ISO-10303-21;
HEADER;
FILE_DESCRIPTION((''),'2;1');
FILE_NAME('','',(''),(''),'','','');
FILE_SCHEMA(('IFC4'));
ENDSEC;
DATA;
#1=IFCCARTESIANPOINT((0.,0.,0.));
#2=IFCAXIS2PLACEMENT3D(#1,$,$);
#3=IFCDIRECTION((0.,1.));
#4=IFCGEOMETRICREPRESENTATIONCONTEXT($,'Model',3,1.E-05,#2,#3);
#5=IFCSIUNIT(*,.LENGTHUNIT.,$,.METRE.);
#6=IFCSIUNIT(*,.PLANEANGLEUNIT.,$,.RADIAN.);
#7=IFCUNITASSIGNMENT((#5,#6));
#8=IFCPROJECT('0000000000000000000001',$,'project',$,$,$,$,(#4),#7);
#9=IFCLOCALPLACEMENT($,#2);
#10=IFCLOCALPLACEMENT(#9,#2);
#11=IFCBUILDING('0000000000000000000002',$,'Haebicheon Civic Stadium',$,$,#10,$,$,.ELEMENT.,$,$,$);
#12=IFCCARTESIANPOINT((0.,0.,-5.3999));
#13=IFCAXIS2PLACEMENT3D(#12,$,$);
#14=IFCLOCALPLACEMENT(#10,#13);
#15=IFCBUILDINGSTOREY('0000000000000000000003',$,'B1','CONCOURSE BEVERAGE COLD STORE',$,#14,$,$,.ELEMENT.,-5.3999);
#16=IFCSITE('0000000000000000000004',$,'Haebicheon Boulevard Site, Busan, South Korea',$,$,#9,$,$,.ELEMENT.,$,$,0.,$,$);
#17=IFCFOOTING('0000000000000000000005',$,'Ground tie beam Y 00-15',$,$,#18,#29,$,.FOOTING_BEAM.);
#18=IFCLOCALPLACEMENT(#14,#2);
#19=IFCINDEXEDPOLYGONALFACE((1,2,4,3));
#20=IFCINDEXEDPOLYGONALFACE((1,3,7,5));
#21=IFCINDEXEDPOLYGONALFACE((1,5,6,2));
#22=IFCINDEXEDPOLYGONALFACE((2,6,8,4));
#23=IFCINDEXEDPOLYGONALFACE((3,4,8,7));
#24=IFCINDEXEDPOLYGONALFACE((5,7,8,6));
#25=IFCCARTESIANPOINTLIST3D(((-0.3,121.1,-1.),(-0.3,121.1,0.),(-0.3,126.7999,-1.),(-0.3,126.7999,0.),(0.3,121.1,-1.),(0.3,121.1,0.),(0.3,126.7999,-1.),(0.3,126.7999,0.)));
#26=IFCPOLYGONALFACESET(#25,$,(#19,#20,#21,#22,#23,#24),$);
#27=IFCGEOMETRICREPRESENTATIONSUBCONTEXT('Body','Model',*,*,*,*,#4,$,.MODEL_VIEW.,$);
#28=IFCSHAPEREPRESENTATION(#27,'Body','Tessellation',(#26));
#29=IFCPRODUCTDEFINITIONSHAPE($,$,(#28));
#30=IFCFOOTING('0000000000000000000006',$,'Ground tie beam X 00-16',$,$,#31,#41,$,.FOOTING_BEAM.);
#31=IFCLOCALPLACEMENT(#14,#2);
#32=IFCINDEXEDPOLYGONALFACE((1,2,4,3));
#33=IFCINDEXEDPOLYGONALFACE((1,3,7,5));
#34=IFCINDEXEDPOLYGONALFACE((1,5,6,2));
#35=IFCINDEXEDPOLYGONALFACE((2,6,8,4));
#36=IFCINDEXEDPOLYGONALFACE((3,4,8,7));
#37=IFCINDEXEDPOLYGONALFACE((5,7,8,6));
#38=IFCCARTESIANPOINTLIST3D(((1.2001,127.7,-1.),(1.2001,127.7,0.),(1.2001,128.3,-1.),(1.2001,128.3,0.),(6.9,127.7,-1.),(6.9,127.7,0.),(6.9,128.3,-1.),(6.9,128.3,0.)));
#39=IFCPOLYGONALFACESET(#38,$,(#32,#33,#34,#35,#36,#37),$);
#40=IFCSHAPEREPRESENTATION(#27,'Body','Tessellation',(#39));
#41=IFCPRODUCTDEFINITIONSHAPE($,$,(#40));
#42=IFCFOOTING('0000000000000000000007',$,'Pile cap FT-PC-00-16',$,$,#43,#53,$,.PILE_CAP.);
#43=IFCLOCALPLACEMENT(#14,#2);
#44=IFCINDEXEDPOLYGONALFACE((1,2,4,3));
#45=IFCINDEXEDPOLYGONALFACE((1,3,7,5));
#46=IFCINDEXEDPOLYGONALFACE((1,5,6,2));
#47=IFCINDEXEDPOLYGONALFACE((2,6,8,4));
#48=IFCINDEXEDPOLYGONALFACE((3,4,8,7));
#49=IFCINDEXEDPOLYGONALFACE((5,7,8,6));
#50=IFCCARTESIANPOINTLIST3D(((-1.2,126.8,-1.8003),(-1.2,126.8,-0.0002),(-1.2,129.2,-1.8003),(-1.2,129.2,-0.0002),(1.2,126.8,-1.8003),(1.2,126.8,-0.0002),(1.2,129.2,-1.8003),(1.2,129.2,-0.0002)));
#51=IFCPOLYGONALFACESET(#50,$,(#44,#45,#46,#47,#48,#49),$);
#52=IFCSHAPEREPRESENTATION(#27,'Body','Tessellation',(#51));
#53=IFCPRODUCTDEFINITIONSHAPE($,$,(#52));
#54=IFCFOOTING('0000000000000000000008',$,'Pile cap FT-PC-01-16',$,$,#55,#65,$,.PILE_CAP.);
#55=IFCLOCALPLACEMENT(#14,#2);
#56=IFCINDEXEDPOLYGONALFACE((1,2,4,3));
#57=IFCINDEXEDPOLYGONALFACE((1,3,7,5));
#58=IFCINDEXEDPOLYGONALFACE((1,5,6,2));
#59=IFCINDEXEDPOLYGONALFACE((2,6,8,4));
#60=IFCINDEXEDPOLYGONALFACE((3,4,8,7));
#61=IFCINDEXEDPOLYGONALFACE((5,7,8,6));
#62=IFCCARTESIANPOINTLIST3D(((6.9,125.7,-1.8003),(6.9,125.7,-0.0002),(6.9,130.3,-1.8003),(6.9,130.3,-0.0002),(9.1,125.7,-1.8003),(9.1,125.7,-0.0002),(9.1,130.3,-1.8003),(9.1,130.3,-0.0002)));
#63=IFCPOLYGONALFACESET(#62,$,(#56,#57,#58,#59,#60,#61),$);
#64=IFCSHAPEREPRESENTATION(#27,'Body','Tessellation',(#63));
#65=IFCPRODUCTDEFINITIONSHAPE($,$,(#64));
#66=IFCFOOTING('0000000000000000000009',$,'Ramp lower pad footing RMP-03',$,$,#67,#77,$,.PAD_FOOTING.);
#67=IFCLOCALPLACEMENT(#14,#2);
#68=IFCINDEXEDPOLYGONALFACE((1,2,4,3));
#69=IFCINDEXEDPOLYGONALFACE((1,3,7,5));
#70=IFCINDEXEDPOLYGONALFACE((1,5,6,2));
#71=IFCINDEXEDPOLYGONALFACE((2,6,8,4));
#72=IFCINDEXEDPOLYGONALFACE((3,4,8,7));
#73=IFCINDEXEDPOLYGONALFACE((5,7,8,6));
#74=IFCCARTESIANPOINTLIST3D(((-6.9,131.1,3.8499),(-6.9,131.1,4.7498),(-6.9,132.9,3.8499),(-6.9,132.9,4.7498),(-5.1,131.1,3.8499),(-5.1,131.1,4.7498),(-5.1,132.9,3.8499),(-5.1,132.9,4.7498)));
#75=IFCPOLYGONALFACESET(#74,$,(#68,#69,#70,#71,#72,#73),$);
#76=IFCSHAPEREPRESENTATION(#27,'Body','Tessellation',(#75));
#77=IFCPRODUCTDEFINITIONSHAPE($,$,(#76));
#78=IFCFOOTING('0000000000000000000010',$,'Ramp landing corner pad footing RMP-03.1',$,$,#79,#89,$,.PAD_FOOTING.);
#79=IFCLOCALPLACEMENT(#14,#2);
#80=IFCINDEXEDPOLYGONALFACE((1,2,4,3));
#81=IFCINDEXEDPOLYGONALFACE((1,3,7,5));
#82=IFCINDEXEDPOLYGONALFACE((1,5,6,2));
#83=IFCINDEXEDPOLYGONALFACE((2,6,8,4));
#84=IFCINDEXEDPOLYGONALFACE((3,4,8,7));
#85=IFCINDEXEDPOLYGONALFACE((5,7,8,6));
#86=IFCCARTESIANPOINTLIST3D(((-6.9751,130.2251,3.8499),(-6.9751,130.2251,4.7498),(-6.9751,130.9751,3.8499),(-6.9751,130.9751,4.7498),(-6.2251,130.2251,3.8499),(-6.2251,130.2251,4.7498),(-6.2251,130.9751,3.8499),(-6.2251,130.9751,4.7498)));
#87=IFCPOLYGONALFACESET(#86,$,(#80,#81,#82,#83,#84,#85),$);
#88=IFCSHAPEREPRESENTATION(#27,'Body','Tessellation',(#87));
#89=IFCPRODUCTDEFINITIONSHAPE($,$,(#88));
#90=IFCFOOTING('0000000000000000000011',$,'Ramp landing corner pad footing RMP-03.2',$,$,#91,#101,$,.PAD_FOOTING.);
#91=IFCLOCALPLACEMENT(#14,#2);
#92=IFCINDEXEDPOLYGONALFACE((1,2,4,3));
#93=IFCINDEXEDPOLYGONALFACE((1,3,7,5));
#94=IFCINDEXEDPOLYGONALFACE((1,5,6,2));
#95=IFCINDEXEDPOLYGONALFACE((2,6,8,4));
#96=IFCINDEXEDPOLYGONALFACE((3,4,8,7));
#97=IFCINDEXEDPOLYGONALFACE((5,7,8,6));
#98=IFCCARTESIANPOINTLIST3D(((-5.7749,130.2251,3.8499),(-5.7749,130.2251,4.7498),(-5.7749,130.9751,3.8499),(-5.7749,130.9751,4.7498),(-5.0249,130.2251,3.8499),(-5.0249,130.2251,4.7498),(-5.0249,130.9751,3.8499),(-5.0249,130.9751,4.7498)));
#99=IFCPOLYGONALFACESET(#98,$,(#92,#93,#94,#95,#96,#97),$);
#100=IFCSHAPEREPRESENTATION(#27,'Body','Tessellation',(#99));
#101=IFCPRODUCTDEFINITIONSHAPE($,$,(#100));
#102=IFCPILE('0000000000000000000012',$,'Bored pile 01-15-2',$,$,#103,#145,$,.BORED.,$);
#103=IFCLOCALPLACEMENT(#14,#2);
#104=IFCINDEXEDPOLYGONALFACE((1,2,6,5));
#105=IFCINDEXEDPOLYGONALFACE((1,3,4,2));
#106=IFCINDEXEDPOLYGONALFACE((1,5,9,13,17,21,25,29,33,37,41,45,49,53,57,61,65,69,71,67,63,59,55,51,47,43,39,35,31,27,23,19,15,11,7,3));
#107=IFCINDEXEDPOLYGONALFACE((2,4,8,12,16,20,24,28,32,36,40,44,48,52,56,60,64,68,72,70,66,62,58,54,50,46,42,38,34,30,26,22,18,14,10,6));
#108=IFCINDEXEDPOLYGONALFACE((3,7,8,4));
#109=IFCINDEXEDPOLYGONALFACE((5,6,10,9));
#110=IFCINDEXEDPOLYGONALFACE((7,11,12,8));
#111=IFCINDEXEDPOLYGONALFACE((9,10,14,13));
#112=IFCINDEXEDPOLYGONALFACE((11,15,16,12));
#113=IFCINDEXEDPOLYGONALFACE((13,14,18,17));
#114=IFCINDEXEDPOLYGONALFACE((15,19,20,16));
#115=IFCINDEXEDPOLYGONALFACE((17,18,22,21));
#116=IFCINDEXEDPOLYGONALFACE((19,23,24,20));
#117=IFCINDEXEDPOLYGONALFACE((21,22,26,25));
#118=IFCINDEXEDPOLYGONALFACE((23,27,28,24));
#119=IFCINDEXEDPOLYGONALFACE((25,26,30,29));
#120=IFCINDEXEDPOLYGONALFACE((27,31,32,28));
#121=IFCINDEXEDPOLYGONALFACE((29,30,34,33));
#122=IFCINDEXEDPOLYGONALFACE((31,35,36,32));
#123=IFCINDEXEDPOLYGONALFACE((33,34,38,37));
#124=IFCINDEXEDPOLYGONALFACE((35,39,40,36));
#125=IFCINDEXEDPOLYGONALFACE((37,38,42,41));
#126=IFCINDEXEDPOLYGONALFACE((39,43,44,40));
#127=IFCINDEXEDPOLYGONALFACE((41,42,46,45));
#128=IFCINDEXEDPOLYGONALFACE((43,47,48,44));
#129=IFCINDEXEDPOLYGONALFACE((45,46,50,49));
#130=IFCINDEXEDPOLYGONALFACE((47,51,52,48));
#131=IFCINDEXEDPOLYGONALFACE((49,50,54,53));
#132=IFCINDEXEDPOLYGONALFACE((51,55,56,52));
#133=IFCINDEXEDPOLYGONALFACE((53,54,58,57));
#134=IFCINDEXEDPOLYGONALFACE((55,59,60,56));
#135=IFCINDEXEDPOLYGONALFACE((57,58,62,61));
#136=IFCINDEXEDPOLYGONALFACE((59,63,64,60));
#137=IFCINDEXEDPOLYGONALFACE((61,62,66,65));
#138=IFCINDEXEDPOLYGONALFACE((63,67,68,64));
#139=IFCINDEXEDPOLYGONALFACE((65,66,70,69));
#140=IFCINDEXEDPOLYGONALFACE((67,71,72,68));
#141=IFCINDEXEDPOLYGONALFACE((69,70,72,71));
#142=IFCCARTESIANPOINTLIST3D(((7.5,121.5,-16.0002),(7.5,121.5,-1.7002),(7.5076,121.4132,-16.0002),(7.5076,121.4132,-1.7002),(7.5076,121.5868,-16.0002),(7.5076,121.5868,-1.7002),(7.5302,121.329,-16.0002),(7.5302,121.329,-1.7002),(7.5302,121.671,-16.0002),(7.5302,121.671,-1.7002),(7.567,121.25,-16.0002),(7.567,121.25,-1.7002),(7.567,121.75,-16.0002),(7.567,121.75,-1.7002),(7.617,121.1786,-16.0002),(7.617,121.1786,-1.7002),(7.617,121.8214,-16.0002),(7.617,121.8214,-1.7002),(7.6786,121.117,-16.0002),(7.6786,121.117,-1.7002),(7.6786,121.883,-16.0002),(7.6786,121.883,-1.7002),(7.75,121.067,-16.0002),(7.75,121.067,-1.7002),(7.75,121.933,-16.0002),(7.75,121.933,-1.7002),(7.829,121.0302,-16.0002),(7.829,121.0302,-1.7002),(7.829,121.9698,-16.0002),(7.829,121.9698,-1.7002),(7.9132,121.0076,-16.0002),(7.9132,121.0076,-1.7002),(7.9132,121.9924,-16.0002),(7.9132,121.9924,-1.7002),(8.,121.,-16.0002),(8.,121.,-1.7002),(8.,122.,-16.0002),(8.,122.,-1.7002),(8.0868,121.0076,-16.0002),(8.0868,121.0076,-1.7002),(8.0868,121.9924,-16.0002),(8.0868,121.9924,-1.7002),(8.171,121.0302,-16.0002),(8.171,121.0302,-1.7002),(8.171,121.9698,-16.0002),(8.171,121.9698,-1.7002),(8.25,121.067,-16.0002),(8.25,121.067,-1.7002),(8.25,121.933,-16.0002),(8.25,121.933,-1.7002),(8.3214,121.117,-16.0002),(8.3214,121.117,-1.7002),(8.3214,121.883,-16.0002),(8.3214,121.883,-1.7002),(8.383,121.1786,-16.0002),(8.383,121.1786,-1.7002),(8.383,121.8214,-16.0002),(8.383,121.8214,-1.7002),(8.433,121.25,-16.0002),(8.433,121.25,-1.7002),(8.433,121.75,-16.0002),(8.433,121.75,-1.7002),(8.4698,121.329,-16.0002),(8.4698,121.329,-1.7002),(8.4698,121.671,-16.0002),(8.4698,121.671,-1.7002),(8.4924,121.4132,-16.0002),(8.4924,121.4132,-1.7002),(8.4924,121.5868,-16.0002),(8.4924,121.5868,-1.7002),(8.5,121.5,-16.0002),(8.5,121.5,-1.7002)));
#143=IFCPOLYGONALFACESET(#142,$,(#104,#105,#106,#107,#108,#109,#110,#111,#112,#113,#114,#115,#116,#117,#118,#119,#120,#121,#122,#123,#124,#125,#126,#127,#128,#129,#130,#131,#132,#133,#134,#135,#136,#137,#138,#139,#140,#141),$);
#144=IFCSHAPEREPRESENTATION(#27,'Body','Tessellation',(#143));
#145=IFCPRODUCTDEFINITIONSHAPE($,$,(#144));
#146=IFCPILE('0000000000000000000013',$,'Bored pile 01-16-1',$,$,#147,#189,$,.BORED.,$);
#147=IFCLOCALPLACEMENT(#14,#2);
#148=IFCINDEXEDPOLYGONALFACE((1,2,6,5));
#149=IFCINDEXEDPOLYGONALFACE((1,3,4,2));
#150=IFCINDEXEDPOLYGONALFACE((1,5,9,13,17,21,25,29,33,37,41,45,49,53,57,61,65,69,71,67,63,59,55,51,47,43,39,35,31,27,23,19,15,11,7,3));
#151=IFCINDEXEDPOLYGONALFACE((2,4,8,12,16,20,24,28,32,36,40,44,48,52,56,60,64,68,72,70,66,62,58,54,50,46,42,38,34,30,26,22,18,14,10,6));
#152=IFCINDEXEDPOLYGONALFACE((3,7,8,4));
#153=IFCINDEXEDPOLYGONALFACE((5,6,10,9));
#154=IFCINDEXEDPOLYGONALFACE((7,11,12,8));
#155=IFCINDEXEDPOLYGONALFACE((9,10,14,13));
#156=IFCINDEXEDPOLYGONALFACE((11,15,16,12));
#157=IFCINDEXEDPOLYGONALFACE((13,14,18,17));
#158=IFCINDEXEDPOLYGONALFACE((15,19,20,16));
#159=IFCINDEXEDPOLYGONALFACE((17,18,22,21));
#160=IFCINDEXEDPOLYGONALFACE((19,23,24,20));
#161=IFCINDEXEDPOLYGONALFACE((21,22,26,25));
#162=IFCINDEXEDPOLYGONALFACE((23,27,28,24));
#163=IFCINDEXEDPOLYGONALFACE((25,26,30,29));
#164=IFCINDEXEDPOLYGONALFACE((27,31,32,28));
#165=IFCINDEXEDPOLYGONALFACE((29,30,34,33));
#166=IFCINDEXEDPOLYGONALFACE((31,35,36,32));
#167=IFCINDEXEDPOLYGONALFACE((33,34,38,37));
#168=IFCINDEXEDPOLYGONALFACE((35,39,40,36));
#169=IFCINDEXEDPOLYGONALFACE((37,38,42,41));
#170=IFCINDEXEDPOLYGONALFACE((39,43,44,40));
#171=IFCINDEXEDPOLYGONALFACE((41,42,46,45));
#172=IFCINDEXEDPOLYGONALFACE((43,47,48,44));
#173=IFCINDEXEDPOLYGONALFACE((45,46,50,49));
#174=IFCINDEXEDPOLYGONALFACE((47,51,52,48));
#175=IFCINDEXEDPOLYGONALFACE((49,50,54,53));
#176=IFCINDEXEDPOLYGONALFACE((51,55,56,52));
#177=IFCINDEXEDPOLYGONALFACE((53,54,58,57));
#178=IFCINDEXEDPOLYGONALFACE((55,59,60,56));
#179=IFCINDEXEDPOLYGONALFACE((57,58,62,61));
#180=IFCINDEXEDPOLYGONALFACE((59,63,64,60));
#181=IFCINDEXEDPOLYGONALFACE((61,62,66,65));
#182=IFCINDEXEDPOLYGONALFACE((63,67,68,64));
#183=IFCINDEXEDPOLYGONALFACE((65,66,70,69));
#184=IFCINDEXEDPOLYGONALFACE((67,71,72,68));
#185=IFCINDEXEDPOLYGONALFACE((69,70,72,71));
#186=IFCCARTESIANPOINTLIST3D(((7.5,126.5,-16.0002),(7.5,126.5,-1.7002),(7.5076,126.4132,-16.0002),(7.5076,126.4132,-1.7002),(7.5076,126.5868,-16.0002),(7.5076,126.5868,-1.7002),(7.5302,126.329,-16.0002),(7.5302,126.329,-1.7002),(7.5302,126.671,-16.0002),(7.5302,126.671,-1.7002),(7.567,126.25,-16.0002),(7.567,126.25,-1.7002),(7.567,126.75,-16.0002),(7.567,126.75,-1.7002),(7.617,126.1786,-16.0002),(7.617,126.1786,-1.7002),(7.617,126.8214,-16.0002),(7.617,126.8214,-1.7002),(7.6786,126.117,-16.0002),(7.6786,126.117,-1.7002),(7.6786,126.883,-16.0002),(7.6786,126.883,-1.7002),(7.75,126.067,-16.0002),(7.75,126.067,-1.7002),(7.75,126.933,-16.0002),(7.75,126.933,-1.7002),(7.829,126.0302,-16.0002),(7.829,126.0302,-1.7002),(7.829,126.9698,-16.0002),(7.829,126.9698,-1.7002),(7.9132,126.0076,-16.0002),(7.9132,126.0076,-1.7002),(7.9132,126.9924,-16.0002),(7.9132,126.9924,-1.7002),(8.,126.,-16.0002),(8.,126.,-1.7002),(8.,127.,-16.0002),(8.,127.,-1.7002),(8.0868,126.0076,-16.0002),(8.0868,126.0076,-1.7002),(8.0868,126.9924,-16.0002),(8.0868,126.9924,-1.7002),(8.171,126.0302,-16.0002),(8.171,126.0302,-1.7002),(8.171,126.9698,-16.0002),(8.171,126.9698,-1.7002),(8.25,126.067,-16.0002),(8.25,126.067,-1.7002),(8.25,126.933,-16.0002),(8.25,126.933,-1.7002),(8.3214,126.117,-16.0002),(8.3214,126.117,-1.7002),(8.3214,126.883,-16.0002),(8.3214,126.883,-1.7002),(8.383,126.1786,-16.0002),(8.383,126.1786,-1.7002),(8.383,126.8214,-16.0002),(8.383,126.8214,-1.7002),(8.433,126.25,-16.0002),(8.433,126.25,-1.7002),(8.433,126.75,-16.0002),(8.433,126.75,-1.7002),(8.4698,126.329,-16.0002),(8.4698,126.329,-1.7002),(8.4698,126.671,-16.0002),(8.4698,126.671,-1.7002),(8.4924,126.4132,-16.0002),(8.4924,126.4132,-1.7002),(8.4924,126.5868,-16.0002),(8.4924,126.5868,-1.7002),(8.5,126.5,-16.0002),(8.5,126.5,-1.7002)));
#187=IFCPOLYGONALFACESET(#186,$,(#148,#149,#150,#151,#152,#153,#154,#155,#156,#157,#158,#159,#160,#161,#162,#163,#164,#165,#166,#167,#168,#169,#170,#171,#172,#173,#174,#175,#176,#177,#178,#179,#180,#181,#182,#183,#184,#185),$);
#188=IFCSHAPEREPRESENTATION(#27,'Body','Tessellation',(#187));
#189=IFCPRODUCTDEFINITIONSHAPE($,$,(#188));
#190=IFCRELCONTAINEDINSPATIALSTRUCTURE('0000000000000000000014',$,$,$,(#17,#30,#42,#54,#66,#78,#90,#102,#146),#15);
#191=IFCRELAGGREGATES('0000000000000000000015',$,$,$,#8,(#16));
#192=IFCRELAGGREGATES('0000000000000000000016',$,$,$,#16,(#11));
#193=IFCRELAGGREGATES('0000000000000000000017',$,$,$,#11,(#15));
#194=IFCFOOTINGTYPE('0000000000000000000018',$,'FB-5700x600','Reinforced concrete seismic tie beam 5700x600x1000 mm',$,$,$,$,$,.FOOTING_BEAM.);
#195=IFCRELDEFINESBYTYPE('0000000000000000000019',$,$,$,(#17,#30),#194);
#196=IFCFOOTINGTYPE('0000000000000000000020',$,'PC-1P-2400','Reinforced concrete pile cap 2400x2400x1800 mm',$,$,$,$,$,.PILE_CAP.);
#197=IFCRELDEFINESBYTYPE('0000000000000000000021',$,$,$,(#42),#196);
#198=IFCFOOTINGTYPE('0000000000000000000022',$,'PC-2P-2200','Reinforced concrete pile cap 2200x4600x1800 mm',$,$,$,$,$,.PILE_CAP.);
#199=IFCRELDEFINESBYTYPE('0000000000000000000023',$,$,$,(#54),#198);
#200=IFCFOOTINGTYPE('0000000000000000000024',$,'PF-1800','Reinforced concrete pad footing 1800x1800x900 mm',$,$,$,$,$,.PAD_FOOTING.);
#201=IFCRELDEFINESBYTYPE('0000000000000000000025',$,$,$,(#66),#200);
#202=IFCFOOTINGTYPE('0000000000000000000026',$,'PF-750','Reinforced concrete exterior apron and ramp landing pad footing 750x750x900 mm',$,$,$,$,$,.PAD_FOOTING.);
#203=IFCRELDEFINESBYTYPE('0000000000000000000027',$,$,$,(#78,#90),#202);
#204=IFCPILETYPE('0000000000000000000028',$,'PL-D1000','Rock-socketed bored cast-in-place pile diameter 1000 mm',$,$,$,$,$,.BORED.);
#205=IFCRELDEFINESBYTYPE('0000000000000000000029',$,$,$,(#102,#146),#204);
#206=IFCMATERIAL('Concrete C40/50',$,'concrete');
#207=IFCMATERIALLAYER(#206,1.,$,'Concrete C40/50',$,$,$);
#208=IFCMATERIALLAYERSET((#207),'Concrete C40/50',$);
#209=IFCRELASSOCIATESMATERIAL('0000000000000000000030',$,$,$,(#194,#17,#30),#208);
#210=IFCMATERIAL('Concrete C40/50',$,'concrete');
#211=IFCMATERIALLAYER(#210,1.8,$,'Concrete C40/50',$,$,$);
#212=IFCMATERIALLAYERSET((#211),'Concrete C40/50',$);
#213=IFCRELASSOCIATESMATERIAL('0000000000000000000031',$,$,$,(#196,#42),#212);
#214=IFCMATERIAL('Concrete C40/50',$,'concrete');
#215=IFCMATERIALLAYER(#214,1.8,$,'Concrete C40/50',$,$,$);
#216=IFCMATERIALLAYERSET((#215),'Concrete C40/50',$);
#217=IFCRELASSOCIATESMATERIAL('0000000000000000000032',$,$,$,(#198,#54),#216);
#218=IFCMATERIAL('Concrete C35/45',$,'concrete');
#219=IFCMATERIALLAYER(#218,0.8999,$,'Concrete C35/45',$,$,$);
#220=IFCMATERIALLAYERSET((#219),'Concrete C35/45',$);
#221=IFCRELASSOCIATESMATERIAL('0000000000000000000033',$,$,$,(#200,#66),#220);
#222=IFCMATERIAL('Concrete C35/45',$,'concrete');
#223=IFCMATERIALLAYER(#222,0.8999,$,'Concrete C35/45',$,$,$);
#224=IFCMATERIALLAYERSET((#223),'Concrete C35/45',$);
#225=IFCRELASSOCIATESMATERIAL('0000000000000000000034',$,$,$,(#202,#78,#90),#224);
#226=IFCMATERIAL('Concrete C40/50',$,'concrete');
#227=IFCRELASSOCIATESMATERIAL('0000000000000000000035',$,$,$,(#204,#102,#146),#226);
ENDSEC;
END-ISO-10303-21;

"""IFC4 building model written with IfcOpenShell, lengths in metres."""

from ifc_helpers import new_model, si_unit, direction, frame, origin, origin_2d, place, context, subcontext, project, spatial, rectangle, circle, extrude, material, layer, layer_set, material_profile, profile_set, type_object, element, save


model = new_model("IFC4")

# Units and contexts
model_context = context("Model", 3, precision=1e-05, world=origin(), true_north=direction((0.0, 1.0)))
body_context = subcontext(model_context, "Body", "Model", "MODEL_VIEW")
ifc_project = project(units=[si_unit("LENGTHUNIT", "METRE"), si_unit("PLANEANGLEUNIT", "RADIAN")], contexts=[model_context])

# Site, building, storey
site_placement = place(None, origin())
site = spatial("IfcSite", under=ifc_project, at=site_placement, Name="Haebicheon Boulevard Site, Busan, South Korea", CompositionType="ELEMENT", RefElevation=0.0)
building_placement = place(site_placement, origin())
building = spatial("IfcBuilding", under=site, at=building_placement, Name="Haebicheon Civic Stadium", CompositionType="ELEMENT")
storey_placement = place(building_placement, frame((0.0, 0.0, -5.3999)))
storey = spatial("IfcBuildingStorey", under=building, at=storey_placement, Name="B1", Description="CONCOURSE BEVERAGE COLD STORE", CompositionType="ELEMENT", Elevation=-5.3999)

# Footings
ifc_material_1 = material(Name="Concrete C40/50", Category="concrete")
ifc_layer_1 = layer(ifc_material_1, 1.0, Name="Concrete C40/50")
ifc_layer_set_1 = layer_set([ifc_layer_1], Name="Concrete C40/50")
footing_type_1 = type_object("IfcFootingType", Name="FB-5700x600", Description="Reinforced concrete seismic tie beam 5700x600x1000 mm", PredefinedType="FOOTING_BEAM", material=ifc_layer_set_1)
for number, where, z_axis, x_axis, name in (
    (1, (0.0, 123.95, -1.0), (0.0, 0.0, 1.0), (0.0, 1.0, 0.0), "Ground tie beam Y 00-15"),
    (2, (4.05, 128.0, -1.0), (0.0, 0.0, 1.0), (1.0, 0.0, 0.0), "Ground tie beam X 00-16"),
):
    element("IfcFooting", number, at=place(storey_placement, frame(where, z_axis=z_axis, x_axis=x_axis)), inside=storey, type_object=footing_type_1, material=ifc_layer_set_1, Name=name, PredefinedType="FOOTING_BEAM", context=body_context, shape_type="SweptSolid", body=[
        extrude(rectangle(XDim=5.7, YDim=0.6001, at=origin_2d()), origin(), (0.0, 0.0, 1.0), 1.0),
    ])
ifc_material_2 = material(Name="Concrete C40/50", Category="concrete")
ifc_layer_2 = layer(ifc_material_2, 1.8, Name="Concrete C40/50")
ifc_layer_set_2 = layer_set([ifc_layer_2], Name="Concrete C40/50")
footing_type_2 = type_object("IfcFootingType", Name="PC-1P-2400", Description="Reinforced concrete pile cap 2400x2400x1800 mm", PredefinedType="PILE_CAP", material=ifc_layer_set_2)
footing_1_placement = place(storey_placement, frame((0.0, 128.0, -1.8003), z_axis=(0.0, 0.0, 1.0), x_axis=(1.0, 0.0, 0.0)))
element("IfcFooting", 3, at=footing_1_placement, inside=storey, type_object=footing_type_2, material=ifc_layer_set_2, Name="Pile cap FT-PC-00-16", PredefinedType="PILE_CAP", context=body_context, shape_type="SweptSolid", body=[
    extrude(rectangle(XDim=2.3999, YDim=2.3999, at=origin_2d()), origin(), (0.0, 0.0, 1.0), 1.8),
])
ifc_material_3 = material(Name="Concrete C40/50", Category="concrete")
ifc_layer_3 = layer(ifc_material_3, 1.8, Name="Concrete C40/50")
ifc_layer_set_3 = layer_set([ifc_layer_3], Name="Concrete C40/50")
footing_type_3 = type_object("IfcFootingType", Name="PC-2P-2200", Description="Reinforced concrete pile cap 2200x4600x1800 mm", PredefinedType="PILE_CAP", material=ifc_layer_set_3)
footing_2_placement = place(storey_placement, frame((8.0, 128.0, -1.8003), z_axis=(0.0, 0.0, 1.0), x_axis=(1.0, 0.0, 0.0)))
element("IfcFooting", 4, at=footing_2_placement, inside=storey, type_object=footing_type_3, material=ifc_layer_set_3, Name="Pile cap FT-PC-01-16", PredefinedType="PILE_CAP", context=body_context, shape_type="SweptSolid", body=[
    extrude(rectangle(XDim=2.2, YDim=4.6001, at=origin_2d()), origin(), (0.0, 0.0, 1.0), 1.8),
])
ifc_material_4 = material(Name="Concrete C35/45", Category="concrete")
ifc_layer_4 = layer(ifc_material_4, 0.8999, Name="Concrete C35/45")
ifc_layer_set_4 = layer_set([ifc_layer_4], Name="Concrete C35/45")
footing_type_4 = type_object("IfcFootingType", Name="PF-1800", Description="Reinforced concrete pad footing 1800x1800x900 mm", PredefinedType="PAD_FOOTING", material=ifc_layer_set_4)
footing_3_placement = place(storey_placement, frame((-6.0, 132.0, 3.8499), z_axis=(0.0, 0.0, 1.0), x_axis=(1.0, 0.0, 0.0)))
element("IfcFooting", 5, at=footing_3_placement, inside=storey, type_object=footing_type_4, material=ifc_layer_set_4, Name="Ramp lower pad footing RMP-03", PredefinedType="PAD_FOOTING", context=body_context, shape_type="SweptSolid", body=[
    extrude(rectangle(XDim=1.8, YDim=1.8, at=origin_2d()), origin(), (0.0, 0.0, 1.0), 0.8999),
])
ifc_material_5 = material(Name="Concrete C35/45", Category="concrete")
ifc_layer_5 = layer(ifc_material_5, 0.8999, Name="Concrete C35/45")
ifc_layer_set_5 = layer_set([ifc_layer_5], Name="Concrete C35/45")
footing_type_5 = type_object("IfcFootingType", Name="PF-750", Description="Reinforced concrete exterior apron and ramp landing pad footing 750x750x900 mm", PredefinedType="PAD_FOOTING", material=ifc_layer_set_5)
for number, where, z_axis, x_axis, name in (
    (6, (-6.6001, 130.6001, 3.8499), (0.0, 0.0, 1.0), (1.0, 0.0, 0.0), "Ramp landing corner pad footing RMP-03.1"),
    (7, (-5.3999, 130.6001, 3.8499), (0.0, 0.0, 1.0), (1.0, 0.0, 0.0), "Ramp landing corner pad footing RMP-03.2"),
):
    element("IfcFooting", number, at=place(storey_placement, frame(where, z_axis=z_axis, x_axis=x_axis)), inside=storey, type_object=footing_type_5, material=ifc_layer_set_5, Name=name, PredefinedType="PAD_FOOTING", context=body_context, shape_type="SweptSolid", body=[
        extrude(rectangle(XDim=0.75, YDim=0.75, at=origin_2d()), origin(), (0.0, 0.0, 1.0), 0.8999),
    ])

# Piles
ifc_material_6 = material(Name="Concrete C40/50", Category="concrete")
ifc_material_profile_1 = material_profile(ifc_material_6, circle(Radius=0.5, at=origin_2d()), Name="PILE-D1000")
ifc_profile_set_1 = profile_set([ifc_material_profile_1], Name="Concrete C40/50")
pile_type_1 = type_object("IfcPileType", Name="PL-D1000", Description="Rock-socketed bored cast-in-place pile diameter 1000 mm", PredefinedType="BORED", material=ifc_profile_set_1)
for number, where, z_axis, x_axis, name in (
    (8, (8.0, 121.5, -1.7002), (0.0, 0.0, -1.0), (1.0, 0.0, 0.0), "Bored pile 01-15-2"),
    (9, (8.0, 126.5, -1.7002), (0.0, 0.0, -1.0), (1.0, 0.0, 0.0), "Bored pile 01-16-1"),
):
    element("IfcPile", number, at=place(storey_placement, frame(where, z_axis=z_axis, x_axis=x_axis)), inside=storey, type_object=pile_type_1, material=ifc_profile_set_1, Name=name, PredefinedType="BORED", context=body_context, shape_type="SweptSolid", body=[
        extrude(circle(Radius=0.5, at=origin_2d()), origin(), (0.0, 0.0, 1.0), 14.3),
    ])

save(model, "model.ifc")
